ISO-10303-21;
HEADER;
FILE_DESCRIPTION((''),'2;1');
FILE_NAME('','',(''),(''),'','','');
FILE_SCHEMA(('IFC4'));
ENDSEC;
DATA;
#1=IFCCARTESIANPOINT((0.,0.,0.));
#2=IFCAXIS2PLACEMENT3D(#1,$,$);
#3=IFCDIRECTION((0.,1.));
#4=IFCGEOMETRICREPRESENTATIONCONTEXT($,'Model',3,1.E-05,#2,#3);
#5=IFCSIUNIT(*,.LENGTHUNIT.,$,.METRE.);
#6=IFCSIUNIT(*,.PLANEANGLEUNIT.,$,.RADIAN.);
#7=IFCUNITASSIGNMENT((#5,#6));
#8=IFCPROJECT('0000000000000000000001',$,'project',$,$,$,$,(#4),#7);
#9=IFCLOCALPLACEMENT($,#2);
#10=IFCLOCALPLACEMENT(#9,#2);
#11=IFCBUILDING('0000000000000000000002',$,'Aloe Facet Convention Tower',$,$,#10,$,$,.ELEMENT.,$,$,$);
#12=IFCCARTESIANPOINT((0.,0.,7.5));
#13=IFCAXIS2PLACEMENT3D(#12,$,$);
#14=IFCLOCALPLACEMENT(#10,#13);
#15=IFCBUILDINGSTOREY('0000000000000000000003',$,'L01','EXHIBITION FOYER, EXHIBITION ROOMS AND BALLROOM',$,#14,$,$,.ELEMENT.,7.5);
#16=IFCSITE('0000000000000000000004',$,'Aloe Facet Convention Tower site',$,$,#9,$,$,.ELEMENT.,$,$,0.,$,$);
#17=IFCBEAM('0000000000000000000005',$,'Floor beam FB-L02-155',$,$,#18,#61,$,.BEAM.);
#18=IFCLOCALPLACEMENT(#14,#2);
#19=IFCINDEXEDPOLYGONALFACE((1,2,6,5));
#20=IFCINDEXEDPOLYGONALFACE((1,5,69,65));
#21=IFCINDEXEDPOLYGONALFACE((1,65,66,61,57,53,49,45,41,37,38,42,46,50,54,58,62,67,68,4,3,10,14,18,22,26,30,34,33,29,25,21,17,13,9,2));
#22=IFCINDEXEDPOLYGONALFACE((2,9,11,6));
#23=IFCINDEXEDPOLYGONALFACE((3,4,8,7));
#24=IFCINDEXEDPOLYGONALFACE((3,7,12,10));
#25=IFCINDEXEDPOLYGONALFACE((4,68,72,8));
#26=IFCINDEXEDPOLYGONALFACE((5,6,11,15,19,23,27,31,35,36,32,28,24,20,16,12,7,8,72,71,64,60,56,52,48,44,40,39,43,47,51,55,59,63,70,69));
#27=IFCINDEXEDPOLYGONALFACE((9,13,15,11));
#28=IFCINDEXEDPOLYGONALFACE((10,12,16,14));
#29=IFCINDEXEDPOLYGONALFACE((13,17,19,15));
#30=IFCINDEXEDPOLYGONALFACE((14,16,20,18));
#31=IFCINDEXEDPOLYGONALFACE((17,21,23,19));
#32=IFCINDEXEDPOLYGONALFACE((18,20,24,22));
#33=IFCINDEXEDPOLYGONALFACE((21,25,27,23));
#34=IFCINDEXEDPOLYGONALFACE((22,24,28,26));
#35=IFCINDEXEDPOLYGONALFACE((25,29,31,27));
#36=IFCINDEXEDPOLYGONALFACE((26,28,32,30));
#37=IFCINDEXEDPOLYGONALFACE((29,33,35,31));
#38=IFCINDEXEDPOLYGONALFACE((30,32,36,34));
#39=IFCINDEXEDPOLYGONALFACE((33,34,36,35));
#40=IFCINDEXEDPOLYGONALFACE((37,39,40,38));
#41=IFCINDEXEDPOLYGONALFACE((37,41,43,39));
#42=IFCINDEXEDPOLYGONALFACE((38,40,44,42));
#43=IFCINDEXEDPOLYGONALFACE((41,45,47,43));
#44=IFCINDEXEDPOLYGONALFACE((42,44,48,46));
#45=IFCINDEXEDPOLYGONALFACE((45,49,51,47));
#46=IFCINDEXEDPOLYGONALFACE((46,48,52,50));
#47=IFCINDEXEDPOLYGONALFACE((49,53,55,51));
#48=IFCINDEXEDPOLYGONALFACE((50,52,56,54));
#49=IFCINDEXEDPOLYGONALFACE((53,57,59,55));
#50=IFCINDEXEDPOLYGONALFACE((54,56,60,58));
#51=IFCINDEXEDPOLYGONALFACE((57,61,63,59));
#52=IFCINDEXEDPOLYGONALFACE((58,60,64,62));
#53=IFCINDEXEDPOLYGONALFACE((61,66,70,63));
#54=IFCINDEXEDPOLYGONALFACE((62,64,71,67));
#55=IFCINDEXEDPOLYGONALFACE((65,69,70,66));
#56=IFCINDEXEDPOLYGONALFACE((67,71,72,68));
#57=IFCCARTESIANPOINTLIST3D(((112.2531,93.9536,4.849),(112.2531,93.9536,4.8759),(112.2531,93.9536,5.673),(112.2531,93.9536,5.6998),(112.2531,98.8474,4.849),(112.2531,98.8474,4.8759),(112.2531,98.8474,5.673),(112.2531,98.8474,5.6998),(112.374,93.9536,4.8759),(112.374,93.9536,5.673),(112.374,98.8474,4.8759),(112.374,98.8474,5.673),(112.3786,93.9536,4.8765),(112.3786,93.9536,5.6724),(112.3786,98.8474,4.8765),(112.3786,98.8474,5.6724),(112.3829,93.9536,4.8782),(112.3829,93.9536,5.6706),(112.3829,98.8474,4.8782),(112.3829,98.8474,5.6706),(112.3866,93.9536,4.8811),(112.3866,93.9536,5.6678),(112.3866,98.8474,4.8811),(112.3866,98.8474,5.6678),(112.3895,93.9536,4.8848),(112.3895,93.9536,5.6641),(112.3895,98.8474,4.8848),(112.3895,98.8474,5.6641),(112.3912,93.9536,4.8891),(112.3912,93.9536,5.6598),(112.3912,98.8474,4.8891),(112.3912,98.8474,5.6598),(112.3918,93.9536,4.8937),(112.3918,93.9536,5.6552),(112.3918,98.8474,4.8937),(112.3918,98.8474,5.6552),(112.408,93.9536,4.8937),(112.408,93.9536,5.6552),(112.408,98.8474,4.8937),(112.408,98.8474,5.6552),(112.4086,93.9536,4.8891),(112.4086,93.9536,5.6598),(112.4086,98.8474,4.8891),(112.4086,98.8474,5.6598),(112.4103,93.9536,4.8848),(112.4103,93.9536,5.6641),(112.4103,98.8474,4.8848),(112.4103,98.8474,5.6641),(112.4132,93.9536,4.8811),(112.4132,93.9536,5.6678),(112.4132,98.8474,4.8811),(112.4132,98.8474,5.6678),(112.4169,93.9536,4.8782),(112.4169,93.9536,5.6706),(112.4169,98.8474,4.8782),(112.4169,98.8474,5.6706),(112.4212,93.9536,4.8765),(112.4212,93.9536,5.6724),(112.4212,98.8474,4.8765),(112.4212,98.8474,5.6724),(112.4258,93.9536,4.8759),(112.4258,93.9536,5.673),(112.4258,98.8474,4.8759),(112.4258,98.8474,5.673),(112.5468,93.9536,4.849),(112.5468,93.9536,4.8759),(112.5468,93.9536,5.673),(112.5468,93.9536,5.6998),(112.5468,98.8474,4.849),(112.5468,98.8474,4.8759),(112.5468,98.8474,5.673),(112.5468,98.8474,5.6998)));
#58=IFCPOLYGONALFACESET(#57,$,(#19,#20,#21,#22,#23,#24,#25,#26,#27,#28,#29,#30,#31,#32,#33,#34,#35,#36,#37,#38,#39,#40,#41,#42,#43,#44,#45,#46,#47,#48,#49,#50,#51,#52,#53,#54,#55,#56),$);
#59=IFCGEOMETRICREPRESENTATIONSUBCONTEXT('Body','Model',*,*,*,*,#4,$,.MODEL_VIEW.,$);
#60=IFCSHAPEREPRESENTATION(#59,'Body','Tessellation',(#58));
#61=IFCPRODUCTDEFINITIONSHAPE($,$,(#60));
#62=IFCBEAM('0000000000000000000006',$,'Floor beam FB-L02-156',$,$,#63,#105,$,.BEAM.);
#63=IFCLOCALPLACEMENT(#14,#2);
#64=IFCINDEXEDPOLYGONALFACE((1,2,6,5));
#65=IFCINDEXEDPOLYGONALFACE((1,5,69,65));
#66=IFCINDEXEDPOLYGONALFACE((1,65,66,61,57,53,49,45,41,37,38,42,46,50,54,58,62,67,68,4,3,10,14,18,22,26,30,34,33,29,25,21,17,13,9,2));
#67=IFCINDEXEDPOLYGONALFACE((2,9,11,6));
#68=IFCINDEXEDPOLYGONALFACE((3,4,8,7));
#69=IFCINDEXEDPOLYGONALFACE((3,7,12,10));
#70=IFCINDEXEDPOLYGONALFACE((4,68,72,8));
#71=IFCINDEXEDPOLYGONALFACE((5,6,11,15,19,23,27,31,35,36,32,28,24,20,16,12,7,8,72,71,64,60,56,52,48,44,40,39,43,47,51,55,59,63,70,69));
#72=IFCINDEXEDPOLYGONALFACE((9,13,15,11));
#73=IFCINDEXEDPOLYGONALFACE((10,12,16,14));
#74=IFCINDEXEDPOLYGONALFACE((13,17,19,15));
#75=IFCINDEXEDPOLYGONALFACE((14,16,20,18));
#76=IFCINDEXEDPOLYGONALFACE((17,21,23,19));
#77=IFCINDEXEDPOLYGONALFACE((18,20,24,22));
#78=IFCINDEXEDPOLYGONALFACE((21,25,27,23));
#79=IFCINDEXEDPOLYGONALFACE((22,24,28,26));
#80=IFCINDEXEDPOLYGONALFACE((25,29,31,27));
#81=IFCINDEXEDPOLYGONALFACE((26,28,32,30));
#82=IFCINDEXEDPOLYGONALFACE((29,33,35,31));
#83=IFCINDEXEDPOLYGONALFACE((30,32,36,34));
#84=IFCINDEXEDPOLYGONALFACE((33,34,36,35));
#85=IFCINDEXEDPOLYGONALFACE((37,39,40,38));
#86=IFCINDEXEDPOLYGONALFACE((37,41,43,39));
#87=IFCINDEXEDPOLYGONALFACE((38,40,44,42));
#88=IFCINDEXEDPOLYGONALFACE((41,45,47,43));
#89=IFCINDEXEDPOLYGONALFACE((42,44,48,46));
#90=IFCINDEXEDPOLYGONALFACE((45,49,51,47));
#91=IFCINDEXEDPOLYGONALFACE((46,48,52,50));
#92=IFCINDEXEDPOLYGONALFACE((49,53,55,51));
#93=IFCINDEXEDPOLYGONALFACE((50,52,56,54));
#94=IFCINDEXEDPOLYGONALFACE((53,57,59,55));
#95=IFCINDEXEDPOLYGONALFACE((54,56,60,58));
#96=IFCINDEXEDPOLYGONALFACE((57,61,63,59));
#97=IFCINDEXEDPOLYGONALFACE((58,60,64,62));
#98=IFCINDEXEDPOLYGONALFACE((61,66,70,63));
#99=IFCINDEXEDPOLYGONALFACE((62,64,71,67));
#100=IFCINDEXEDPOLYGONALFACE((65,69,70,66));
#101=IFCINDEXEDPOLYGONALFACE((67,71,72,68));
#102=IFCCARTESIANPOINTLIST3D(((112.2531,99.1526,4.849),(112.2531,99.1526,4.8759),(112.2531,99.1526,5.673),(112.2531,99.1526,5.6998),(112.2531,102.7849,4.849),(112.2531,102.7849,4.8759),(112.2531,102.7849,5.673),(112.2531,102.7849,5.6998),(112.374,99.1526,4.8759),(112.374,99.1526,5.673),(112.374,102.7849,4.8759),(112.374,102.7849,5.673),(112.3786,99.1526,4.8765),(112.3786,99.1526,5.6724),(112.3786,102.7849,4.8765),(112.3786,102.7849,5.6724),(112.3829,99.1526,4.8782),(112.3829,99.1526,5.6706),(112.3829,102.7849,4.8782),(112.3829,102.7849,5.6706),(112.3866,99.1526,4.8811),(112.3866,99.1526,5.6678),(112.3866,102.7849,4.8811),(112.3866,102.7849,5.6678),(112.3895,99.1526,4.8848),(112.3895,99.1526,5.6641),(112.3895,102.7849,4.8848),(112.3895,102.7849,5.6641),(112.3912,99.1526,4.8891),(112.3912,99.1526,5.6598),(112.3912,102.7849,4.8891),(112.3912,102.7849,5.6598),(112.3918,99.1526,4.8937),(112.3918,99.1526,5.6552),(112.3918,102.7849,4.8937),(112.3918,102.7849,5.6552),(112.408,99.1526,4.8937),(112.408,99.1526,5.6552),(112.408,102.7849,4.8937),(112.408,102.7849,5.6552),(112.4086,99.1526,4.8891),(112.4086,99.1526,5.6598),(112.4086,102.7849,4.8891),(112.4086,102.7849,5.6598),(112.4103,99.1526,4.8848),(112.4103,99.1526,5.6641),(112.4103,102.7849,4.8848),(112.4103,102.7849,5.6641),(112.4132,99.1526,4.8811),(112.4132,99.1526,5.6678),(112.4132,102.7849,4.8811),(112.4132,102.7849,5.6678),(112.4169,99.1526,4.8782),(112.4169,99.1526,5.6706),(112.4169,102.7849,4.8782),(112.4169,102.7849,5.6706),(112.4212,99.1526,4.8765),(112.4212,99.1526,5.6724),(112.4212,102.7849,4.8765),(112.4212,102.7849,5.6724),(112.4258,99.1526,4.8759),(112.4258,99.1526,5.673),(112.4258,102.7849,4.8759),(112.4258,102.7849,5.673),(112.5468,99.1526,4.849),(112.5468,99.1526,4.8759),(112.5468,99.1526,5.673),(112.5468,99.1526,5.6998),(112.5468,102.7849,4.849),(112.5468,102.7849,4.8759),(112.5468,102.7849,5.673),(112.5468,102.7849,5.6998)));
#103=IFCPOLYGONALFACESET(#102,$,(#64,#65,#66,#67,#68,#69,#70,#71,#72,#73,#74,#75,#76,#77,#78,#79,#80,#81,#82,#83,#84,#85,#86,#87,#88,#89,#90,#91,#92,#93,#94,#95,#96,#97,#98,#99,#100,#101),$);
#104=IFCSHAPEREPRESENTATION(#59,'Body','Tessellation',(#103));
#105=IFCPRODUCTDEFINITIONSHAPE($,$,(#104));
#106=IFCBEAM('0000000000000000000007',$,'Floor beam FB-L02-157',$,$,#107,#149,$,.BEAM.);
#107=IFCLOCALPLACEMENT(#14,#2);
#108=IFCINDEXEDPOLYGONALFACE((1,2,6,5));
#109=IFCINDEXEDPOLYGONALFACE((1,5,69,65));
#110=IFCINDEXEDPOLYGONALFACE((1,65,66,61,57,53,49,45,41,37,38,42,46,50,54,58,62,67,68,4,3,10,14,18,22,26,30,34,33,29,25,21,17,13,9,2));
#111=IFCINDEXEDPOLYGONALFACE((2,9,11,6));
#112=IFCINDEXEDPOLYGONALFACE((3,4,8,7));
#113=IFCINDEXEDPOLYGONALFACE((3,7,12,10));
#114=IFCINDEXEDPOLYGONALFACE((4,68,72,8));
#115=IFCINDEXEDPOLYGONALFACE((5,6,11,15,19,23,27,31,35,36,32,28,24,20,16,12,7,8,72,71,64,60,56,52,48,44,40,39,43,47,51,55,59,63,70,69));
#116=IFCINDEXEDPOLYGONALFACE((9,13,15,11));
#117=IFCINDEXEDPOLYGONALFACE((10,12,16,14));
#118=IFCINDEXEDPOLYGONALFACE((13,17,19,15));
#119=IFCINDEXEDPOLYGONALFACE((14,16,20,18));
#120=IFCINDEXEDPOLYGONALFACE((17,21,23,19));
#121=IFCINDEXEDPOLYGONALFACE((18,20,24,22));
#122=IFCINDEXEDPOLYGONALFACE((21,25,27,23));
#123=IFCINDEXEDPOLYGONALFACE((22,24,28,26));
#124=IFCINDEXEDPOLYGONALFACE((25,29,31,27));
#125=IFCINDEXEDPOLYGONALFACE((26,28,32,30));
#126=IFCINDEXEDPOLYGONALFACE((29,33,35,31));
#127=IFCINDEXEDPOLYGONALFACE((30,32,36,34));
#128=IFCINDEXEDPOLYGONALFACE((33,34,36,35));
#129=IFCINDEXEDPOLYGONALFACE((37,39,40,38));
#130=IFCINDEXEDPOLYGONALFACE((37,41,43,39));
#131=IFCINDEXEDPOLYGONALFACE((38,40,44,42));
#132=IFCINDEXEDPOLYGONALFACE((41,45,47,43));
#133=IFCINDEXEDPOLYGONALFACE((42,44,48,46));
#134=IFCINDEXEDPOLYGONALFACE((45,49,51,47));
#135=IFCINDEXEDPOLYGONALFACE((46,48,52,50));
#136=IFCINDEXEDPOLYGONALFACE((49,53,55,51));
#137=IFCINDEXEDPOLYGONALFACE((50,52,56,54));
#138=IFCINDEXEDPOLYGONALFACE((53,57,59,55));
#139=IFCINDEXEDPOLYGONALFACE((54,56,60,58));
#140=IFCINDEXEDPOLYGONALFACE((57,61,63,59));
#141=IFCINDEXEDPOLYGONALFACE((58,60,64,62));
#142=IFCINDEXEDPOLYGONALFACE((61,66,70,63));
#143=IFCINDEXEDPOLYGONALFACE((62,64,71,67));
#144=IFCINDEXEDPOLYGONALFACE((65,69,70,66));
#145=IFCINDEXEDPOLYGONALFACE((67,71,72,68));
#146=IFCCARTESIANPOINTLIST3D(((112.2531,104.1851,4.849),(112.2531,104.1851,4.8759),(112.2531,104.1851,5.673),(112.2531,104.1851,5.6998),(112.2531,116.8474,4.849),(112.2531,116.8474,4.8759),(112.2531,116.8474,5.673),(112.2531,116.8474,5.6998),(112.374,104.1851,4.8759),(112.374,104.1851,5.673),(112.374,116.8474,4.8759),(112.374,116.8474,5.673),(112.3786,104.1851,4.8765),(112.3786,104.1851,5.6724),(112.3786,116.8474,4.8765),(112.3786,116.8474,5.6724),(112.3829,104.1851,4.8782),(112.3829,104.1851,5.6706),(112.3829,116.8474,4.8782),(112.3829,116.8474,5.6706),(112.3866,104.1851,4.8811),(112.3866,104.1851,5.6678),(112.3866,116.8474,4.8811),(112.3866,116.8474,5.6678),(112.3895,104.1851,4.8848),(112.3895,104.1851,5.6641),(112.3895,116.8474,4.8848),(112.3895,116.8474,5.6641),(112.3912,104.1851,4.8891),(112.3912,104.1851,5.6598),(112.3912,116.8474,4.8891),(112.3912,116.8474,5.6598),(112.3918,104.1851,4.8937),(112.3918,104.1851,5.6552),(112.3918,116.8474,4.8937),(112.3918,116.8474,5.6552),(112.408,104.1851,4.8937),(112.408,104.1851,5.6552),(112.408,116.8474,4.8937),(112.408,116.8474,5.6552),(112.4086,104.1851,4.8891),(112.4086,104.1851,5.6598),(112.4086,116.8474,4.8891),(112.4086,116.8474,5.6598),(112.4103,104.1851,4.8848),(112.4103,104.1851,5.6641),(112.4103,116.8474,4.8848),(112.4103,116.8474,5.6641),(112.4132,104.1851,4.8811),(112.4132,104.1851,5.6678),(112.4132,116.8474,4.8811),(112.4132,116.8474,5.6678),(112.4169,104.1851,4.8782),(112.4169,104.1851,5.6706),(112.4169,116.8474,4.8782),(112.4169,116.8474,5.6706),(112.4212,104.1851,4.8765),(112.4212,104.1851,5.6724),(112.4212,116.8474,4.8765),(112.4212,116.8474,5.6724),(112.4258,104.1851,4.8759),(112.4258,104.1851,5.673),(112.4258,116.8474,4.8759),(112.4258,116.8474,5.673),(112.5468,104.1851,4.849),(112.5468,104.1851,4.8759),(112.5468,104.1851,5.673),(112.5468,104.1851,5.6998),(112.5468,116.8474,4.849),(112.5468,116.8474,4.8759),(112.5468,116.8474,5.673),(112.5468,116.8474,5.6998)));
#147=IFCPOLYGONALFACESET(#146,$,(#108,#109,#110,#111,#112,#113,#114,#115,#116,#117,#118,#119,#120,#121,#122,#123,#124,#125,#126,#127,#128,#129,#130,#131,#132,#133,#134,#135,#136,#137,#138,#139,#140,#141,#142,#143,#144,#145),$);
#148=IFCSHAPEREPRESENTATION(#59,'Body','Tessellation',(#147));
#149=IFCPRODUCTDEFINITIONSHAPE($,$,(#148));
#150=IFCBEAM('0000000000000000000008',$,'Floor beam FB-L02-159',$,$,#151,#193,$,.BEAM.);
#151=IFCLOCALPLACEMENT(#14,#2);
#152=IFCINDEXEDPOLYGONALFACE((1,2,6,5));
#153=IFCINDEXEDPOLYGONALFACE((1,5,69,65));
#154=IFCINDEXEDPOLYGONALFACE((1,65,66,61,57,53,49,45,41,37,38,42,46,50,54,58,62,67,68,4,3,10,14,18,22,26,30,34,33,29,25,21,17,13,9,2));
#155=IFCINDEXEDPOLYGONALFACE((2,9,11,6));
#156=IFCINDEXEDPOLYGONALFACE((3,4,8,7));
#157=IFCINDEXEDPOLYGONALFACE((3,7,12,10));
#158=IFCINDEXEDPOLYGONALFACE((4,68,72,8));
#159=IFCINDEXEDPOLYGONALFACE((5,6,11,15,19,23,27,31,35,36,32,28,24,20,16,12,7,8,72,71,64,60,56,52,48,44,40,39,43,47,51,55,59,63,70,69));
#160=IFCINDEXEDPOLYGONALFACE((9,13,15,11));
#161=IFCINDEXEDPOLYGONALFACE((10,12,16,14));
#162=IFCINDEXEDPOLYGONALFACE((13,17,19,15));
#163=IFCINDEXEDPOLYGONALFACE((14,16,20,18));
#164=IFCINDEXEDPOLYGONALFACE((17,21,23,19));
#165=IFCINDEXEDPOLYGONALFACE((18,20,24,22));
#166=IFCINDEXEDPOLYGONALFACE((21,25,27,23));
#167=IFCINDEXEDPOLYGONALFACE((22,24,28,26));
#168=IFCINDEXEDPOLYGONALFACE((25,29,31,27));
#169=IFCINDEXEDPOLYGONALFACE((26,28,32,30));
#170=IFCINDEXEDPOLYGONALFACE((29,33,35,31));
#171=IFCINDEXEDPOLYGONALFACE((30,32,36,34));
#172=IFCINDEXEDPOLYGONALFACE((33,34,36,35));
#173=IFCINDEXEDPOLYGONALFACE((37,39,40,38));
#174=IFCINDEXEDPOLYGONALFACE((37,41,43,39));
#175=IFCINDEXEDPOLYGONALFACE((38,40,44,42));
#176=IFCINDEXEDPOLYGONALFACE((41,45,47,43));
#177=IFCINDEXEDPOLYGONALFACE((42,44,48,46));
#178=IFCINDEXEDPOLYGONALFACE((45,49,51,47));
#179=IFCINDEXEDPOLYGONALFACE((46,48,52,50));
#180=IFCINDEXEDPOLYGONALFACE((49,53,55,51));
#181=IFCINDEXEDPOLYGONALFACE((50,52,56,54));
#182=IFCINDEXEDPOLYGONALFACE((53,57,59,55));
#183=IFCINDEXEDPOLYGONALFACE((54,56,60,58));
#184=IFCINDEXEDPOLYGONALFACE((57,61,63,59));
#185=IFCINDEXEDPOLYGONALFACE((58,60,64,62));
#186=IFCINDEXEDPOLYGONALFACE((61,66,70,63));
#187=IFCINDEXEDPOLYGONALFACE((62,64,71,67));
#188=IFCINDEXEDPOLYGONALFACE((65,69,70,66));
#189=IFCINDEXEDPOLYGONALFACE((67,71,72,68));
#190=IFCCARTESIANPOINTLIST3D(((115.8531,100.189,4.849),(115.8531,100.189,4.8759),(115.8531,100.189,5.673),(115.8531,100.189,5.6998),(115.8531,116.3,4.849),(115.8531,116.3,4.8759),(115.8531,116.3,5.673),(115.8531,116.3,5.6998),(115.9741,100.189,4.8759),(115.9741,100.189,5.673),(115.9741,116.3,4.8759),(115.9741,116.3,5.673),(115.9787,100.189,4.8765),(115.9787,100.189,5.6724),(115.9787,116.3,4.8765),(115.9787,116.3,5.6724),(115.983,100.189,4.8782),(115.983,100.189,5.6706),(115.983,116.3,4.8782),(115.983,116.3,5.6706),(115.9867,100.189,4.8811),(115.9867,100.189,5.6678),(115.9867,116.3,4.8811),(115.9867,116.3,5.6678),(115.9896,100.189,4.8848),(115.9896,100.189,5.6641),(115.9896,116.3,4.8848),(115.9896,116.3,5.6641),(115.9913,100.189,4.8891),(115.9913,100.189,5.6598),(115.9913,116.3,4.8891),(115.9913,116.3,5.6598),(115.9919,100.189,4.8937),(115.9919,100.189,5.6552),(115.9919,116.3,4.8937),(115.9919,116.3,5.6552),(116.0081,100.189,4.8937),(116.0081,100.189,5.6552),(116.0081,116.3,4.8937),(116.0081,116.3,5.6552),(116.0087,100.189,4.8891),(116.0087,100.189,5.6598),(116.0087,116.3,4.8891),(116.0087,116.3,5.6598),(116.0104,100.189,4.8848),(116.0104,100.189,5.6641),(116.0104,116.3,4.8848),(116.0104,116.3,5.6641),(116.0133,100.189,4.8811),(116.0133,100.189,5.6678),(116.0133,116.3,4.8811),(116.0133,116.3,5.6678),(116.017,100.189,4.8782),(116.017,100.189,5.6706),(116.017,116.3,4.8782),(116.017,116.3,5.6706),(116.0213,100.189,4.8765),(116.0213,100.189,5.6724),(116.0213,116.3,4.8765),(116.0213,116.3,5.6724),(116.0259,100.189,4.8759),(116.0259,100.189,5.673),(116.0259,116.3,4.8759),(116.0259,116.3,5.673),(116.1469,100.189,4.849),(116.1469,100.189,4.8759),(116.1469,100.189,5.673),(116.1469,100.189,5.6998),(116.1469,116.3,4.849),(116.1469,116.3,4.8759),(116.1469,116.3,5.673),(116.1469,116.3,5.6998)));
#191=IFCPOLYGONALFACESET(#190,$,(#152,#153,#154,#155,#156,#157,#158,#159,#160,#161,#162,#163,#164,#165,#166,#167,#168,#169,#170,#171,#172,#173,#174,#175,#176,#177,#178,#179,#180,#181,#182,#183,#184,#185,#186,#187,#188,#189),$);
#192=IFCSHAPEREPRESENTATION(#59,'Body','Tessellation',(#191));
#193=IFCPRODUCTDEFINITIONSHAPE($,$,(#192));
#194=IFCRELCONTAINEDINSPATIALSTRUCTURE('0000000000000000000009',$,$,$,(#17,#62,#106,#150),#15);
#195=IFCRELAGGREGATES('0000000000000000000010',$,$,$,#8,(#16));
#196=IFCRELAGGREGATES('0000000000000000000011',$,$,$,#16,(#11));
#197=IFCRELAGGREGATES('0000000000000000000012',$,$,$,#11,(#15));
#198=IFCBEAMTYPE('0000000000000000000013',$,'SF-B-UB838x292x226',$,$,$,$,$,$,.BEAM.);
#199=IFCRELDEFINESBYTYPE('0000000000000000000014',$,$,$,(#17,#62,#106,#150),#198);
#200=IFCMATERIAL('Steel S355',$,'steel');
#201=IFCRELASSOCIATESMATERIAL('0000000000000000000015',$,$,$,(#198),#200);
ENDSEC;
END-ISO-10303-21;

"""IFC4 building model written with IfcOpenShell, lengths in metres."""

from ifc_helpers import new_model, si_unit, direction, frame, origin, origin_2d, place, context, subcontext, project, spatial, i_section, extrude, material, material_profile, profile_set, type_object, element, save


model = new_model("IFC4")

# Units and contexts
model_context = context("Model", 3, precision=1e-05, world=origin(), true_north=direction((0.0, 1.0)))
body_context = subcontext(model_context, "Body", "Model", "MODEL_VIEW")
ifc_project = project(units=[si_unit("LENGTHUNIT", "METRE"), si_unit("PLANEANGLEUNIT", "RADIAN")], contexts=[model_context])

# Site, building, storey
site_placement = place(None, origin())
site = spatial("IfcSite", under=ifc_project, at=site_placement, Name="Aloe Facet Convention Tower site", CompositionType="ELEMENT", RefElevation=0.0)
building_placement = place(site_placement, origin())
building = spatial("IfcBuilding", under=site, at=building_placement, Name="Aloe Facet Convention Tower", CompositionType="ELEMENT")
storey_placement = place(building_placement, frame((0.0, 0.0, 7.5)))
storey = spatial("IfcBuildingStorey", under=building, at=storey_placement, Name="L01", Description="EXHIBITION FOYER, EXHIBITION ROOMS AND BALLROOM", CompositionType="ELEMENT", Elevation=7.5)

# Beams
ifc_material_1 = material(Name="Steel S355", Category="steel")
ifc_material_profile_1 = material_profile(ifc_material_1, i_section(OverallWidth=0.2937, OverallDepth=0.8508, WebThickness=0.0161, FlangeThickness=0.0269, FilletRadius=0.0178, at=origin_2d()), Name="UB 838x292x226")
ifc_profile_set_1 = profile_set([ifc_material_profile_1], Name="Steel S355")
beam_type_1 = type_object("IfcBeamType", Name="SF-B-UB838x292x226", PredefinedType="BEAM", material=ifc_profile_set_1)
beam_1_placement = place(storey_placement, frame((112.3999, 93.9536, 5.2744), z_axis=(0.0, 1.0, 0.0), x_axis=(-1.0, 0.0, 0.0)))
element("IfcBeam", 1, at=beam_1_placement, inside=storey, type_object=beam_type_1, Name="Floor beam FB-L02-155", PredefinedType="BEAM", context=body_context, shape_type="SweptSolid", body=[
    extrude(i_section(OverallWidth=0.2937, OverallDepth=0.8508, WebThickness=0.0161, FlangeThickness=0.0269, FilletRadius=0.0178, at=origin_2d()), origin(), (0.0, 0.0, 1.0), 4.8938),
])
beam_2_placement = place(storey_placement, frame((112.3999, 99.1526, 5.2744), z_axis=(0.0, 1.0, 0.0), x_axis=(-1.0, 0.0, 0.0)))
element("IfcBeam", 2, at=beam_2_placement, inside=storey, type_object=beam_type_1, Name="Floor beam FB-L02-156", PredefinedType="BEAM", context=body_context, shape_type="SweptSolid", body=[
    extrude(i_section(OverallWidth=0.2937, OverallDepth=0.8508, WebThickness=0.0161, FlangeThickness=0.0269, FilletRadius=0.0178, at=origin_2d()), origin(), (0.0, 0.0, 1.0), 3.6323),
])
beam_3_placement = place(storey_placement, frame((112.3999, 104.1851, 5.2744), z_axis=(0.0, 1.0, 0.0), x_axis=(-1.0, 0.0, 0.0)))
element("IfcBeam", 3, at=beam_3_placement, inside=storey, type_object=beam_type_1, Name="Floor beam FB-L02-157", PredefinedType="BEAM", context=body_context, shape_type="SweptSolid", body=[
    extrude(i_section(OverallWidth=0.2937, OverallDepth=0.8508, WebThickness=0.0161, FlangeThickness=0.0269, FilletRadius=0.0178, at=origin_2d()), origin(), (0.0, 0.0, 1.0), 12.6624),
])
beam_4_placement = place(storey_placement, frame((116.0, 100.189, 5.2744), z_axis=(0.0, 1.0, 0.0), x_axis=(-1.0, 0.0, 0.0)))
element("IfcBeam", 4, at=beam_4_placement, inside=storey, type_object=beam_type_1, Name="Floor beam FB-L02-159", PredefinedType="BEAM", context=body_context, shape_type="SweptSolid", body=[
    extrude(i_section(OverallWidth=0.2937, OverallDepth=0.8508, WebThickness=0.0161, FlangeThickness=0.0269, FilletRadius=0.0178, at=origin_2d()), origin(), (0.0, 0.0, 1.0), 16.1111),
])

save(model, "model.ifc")
